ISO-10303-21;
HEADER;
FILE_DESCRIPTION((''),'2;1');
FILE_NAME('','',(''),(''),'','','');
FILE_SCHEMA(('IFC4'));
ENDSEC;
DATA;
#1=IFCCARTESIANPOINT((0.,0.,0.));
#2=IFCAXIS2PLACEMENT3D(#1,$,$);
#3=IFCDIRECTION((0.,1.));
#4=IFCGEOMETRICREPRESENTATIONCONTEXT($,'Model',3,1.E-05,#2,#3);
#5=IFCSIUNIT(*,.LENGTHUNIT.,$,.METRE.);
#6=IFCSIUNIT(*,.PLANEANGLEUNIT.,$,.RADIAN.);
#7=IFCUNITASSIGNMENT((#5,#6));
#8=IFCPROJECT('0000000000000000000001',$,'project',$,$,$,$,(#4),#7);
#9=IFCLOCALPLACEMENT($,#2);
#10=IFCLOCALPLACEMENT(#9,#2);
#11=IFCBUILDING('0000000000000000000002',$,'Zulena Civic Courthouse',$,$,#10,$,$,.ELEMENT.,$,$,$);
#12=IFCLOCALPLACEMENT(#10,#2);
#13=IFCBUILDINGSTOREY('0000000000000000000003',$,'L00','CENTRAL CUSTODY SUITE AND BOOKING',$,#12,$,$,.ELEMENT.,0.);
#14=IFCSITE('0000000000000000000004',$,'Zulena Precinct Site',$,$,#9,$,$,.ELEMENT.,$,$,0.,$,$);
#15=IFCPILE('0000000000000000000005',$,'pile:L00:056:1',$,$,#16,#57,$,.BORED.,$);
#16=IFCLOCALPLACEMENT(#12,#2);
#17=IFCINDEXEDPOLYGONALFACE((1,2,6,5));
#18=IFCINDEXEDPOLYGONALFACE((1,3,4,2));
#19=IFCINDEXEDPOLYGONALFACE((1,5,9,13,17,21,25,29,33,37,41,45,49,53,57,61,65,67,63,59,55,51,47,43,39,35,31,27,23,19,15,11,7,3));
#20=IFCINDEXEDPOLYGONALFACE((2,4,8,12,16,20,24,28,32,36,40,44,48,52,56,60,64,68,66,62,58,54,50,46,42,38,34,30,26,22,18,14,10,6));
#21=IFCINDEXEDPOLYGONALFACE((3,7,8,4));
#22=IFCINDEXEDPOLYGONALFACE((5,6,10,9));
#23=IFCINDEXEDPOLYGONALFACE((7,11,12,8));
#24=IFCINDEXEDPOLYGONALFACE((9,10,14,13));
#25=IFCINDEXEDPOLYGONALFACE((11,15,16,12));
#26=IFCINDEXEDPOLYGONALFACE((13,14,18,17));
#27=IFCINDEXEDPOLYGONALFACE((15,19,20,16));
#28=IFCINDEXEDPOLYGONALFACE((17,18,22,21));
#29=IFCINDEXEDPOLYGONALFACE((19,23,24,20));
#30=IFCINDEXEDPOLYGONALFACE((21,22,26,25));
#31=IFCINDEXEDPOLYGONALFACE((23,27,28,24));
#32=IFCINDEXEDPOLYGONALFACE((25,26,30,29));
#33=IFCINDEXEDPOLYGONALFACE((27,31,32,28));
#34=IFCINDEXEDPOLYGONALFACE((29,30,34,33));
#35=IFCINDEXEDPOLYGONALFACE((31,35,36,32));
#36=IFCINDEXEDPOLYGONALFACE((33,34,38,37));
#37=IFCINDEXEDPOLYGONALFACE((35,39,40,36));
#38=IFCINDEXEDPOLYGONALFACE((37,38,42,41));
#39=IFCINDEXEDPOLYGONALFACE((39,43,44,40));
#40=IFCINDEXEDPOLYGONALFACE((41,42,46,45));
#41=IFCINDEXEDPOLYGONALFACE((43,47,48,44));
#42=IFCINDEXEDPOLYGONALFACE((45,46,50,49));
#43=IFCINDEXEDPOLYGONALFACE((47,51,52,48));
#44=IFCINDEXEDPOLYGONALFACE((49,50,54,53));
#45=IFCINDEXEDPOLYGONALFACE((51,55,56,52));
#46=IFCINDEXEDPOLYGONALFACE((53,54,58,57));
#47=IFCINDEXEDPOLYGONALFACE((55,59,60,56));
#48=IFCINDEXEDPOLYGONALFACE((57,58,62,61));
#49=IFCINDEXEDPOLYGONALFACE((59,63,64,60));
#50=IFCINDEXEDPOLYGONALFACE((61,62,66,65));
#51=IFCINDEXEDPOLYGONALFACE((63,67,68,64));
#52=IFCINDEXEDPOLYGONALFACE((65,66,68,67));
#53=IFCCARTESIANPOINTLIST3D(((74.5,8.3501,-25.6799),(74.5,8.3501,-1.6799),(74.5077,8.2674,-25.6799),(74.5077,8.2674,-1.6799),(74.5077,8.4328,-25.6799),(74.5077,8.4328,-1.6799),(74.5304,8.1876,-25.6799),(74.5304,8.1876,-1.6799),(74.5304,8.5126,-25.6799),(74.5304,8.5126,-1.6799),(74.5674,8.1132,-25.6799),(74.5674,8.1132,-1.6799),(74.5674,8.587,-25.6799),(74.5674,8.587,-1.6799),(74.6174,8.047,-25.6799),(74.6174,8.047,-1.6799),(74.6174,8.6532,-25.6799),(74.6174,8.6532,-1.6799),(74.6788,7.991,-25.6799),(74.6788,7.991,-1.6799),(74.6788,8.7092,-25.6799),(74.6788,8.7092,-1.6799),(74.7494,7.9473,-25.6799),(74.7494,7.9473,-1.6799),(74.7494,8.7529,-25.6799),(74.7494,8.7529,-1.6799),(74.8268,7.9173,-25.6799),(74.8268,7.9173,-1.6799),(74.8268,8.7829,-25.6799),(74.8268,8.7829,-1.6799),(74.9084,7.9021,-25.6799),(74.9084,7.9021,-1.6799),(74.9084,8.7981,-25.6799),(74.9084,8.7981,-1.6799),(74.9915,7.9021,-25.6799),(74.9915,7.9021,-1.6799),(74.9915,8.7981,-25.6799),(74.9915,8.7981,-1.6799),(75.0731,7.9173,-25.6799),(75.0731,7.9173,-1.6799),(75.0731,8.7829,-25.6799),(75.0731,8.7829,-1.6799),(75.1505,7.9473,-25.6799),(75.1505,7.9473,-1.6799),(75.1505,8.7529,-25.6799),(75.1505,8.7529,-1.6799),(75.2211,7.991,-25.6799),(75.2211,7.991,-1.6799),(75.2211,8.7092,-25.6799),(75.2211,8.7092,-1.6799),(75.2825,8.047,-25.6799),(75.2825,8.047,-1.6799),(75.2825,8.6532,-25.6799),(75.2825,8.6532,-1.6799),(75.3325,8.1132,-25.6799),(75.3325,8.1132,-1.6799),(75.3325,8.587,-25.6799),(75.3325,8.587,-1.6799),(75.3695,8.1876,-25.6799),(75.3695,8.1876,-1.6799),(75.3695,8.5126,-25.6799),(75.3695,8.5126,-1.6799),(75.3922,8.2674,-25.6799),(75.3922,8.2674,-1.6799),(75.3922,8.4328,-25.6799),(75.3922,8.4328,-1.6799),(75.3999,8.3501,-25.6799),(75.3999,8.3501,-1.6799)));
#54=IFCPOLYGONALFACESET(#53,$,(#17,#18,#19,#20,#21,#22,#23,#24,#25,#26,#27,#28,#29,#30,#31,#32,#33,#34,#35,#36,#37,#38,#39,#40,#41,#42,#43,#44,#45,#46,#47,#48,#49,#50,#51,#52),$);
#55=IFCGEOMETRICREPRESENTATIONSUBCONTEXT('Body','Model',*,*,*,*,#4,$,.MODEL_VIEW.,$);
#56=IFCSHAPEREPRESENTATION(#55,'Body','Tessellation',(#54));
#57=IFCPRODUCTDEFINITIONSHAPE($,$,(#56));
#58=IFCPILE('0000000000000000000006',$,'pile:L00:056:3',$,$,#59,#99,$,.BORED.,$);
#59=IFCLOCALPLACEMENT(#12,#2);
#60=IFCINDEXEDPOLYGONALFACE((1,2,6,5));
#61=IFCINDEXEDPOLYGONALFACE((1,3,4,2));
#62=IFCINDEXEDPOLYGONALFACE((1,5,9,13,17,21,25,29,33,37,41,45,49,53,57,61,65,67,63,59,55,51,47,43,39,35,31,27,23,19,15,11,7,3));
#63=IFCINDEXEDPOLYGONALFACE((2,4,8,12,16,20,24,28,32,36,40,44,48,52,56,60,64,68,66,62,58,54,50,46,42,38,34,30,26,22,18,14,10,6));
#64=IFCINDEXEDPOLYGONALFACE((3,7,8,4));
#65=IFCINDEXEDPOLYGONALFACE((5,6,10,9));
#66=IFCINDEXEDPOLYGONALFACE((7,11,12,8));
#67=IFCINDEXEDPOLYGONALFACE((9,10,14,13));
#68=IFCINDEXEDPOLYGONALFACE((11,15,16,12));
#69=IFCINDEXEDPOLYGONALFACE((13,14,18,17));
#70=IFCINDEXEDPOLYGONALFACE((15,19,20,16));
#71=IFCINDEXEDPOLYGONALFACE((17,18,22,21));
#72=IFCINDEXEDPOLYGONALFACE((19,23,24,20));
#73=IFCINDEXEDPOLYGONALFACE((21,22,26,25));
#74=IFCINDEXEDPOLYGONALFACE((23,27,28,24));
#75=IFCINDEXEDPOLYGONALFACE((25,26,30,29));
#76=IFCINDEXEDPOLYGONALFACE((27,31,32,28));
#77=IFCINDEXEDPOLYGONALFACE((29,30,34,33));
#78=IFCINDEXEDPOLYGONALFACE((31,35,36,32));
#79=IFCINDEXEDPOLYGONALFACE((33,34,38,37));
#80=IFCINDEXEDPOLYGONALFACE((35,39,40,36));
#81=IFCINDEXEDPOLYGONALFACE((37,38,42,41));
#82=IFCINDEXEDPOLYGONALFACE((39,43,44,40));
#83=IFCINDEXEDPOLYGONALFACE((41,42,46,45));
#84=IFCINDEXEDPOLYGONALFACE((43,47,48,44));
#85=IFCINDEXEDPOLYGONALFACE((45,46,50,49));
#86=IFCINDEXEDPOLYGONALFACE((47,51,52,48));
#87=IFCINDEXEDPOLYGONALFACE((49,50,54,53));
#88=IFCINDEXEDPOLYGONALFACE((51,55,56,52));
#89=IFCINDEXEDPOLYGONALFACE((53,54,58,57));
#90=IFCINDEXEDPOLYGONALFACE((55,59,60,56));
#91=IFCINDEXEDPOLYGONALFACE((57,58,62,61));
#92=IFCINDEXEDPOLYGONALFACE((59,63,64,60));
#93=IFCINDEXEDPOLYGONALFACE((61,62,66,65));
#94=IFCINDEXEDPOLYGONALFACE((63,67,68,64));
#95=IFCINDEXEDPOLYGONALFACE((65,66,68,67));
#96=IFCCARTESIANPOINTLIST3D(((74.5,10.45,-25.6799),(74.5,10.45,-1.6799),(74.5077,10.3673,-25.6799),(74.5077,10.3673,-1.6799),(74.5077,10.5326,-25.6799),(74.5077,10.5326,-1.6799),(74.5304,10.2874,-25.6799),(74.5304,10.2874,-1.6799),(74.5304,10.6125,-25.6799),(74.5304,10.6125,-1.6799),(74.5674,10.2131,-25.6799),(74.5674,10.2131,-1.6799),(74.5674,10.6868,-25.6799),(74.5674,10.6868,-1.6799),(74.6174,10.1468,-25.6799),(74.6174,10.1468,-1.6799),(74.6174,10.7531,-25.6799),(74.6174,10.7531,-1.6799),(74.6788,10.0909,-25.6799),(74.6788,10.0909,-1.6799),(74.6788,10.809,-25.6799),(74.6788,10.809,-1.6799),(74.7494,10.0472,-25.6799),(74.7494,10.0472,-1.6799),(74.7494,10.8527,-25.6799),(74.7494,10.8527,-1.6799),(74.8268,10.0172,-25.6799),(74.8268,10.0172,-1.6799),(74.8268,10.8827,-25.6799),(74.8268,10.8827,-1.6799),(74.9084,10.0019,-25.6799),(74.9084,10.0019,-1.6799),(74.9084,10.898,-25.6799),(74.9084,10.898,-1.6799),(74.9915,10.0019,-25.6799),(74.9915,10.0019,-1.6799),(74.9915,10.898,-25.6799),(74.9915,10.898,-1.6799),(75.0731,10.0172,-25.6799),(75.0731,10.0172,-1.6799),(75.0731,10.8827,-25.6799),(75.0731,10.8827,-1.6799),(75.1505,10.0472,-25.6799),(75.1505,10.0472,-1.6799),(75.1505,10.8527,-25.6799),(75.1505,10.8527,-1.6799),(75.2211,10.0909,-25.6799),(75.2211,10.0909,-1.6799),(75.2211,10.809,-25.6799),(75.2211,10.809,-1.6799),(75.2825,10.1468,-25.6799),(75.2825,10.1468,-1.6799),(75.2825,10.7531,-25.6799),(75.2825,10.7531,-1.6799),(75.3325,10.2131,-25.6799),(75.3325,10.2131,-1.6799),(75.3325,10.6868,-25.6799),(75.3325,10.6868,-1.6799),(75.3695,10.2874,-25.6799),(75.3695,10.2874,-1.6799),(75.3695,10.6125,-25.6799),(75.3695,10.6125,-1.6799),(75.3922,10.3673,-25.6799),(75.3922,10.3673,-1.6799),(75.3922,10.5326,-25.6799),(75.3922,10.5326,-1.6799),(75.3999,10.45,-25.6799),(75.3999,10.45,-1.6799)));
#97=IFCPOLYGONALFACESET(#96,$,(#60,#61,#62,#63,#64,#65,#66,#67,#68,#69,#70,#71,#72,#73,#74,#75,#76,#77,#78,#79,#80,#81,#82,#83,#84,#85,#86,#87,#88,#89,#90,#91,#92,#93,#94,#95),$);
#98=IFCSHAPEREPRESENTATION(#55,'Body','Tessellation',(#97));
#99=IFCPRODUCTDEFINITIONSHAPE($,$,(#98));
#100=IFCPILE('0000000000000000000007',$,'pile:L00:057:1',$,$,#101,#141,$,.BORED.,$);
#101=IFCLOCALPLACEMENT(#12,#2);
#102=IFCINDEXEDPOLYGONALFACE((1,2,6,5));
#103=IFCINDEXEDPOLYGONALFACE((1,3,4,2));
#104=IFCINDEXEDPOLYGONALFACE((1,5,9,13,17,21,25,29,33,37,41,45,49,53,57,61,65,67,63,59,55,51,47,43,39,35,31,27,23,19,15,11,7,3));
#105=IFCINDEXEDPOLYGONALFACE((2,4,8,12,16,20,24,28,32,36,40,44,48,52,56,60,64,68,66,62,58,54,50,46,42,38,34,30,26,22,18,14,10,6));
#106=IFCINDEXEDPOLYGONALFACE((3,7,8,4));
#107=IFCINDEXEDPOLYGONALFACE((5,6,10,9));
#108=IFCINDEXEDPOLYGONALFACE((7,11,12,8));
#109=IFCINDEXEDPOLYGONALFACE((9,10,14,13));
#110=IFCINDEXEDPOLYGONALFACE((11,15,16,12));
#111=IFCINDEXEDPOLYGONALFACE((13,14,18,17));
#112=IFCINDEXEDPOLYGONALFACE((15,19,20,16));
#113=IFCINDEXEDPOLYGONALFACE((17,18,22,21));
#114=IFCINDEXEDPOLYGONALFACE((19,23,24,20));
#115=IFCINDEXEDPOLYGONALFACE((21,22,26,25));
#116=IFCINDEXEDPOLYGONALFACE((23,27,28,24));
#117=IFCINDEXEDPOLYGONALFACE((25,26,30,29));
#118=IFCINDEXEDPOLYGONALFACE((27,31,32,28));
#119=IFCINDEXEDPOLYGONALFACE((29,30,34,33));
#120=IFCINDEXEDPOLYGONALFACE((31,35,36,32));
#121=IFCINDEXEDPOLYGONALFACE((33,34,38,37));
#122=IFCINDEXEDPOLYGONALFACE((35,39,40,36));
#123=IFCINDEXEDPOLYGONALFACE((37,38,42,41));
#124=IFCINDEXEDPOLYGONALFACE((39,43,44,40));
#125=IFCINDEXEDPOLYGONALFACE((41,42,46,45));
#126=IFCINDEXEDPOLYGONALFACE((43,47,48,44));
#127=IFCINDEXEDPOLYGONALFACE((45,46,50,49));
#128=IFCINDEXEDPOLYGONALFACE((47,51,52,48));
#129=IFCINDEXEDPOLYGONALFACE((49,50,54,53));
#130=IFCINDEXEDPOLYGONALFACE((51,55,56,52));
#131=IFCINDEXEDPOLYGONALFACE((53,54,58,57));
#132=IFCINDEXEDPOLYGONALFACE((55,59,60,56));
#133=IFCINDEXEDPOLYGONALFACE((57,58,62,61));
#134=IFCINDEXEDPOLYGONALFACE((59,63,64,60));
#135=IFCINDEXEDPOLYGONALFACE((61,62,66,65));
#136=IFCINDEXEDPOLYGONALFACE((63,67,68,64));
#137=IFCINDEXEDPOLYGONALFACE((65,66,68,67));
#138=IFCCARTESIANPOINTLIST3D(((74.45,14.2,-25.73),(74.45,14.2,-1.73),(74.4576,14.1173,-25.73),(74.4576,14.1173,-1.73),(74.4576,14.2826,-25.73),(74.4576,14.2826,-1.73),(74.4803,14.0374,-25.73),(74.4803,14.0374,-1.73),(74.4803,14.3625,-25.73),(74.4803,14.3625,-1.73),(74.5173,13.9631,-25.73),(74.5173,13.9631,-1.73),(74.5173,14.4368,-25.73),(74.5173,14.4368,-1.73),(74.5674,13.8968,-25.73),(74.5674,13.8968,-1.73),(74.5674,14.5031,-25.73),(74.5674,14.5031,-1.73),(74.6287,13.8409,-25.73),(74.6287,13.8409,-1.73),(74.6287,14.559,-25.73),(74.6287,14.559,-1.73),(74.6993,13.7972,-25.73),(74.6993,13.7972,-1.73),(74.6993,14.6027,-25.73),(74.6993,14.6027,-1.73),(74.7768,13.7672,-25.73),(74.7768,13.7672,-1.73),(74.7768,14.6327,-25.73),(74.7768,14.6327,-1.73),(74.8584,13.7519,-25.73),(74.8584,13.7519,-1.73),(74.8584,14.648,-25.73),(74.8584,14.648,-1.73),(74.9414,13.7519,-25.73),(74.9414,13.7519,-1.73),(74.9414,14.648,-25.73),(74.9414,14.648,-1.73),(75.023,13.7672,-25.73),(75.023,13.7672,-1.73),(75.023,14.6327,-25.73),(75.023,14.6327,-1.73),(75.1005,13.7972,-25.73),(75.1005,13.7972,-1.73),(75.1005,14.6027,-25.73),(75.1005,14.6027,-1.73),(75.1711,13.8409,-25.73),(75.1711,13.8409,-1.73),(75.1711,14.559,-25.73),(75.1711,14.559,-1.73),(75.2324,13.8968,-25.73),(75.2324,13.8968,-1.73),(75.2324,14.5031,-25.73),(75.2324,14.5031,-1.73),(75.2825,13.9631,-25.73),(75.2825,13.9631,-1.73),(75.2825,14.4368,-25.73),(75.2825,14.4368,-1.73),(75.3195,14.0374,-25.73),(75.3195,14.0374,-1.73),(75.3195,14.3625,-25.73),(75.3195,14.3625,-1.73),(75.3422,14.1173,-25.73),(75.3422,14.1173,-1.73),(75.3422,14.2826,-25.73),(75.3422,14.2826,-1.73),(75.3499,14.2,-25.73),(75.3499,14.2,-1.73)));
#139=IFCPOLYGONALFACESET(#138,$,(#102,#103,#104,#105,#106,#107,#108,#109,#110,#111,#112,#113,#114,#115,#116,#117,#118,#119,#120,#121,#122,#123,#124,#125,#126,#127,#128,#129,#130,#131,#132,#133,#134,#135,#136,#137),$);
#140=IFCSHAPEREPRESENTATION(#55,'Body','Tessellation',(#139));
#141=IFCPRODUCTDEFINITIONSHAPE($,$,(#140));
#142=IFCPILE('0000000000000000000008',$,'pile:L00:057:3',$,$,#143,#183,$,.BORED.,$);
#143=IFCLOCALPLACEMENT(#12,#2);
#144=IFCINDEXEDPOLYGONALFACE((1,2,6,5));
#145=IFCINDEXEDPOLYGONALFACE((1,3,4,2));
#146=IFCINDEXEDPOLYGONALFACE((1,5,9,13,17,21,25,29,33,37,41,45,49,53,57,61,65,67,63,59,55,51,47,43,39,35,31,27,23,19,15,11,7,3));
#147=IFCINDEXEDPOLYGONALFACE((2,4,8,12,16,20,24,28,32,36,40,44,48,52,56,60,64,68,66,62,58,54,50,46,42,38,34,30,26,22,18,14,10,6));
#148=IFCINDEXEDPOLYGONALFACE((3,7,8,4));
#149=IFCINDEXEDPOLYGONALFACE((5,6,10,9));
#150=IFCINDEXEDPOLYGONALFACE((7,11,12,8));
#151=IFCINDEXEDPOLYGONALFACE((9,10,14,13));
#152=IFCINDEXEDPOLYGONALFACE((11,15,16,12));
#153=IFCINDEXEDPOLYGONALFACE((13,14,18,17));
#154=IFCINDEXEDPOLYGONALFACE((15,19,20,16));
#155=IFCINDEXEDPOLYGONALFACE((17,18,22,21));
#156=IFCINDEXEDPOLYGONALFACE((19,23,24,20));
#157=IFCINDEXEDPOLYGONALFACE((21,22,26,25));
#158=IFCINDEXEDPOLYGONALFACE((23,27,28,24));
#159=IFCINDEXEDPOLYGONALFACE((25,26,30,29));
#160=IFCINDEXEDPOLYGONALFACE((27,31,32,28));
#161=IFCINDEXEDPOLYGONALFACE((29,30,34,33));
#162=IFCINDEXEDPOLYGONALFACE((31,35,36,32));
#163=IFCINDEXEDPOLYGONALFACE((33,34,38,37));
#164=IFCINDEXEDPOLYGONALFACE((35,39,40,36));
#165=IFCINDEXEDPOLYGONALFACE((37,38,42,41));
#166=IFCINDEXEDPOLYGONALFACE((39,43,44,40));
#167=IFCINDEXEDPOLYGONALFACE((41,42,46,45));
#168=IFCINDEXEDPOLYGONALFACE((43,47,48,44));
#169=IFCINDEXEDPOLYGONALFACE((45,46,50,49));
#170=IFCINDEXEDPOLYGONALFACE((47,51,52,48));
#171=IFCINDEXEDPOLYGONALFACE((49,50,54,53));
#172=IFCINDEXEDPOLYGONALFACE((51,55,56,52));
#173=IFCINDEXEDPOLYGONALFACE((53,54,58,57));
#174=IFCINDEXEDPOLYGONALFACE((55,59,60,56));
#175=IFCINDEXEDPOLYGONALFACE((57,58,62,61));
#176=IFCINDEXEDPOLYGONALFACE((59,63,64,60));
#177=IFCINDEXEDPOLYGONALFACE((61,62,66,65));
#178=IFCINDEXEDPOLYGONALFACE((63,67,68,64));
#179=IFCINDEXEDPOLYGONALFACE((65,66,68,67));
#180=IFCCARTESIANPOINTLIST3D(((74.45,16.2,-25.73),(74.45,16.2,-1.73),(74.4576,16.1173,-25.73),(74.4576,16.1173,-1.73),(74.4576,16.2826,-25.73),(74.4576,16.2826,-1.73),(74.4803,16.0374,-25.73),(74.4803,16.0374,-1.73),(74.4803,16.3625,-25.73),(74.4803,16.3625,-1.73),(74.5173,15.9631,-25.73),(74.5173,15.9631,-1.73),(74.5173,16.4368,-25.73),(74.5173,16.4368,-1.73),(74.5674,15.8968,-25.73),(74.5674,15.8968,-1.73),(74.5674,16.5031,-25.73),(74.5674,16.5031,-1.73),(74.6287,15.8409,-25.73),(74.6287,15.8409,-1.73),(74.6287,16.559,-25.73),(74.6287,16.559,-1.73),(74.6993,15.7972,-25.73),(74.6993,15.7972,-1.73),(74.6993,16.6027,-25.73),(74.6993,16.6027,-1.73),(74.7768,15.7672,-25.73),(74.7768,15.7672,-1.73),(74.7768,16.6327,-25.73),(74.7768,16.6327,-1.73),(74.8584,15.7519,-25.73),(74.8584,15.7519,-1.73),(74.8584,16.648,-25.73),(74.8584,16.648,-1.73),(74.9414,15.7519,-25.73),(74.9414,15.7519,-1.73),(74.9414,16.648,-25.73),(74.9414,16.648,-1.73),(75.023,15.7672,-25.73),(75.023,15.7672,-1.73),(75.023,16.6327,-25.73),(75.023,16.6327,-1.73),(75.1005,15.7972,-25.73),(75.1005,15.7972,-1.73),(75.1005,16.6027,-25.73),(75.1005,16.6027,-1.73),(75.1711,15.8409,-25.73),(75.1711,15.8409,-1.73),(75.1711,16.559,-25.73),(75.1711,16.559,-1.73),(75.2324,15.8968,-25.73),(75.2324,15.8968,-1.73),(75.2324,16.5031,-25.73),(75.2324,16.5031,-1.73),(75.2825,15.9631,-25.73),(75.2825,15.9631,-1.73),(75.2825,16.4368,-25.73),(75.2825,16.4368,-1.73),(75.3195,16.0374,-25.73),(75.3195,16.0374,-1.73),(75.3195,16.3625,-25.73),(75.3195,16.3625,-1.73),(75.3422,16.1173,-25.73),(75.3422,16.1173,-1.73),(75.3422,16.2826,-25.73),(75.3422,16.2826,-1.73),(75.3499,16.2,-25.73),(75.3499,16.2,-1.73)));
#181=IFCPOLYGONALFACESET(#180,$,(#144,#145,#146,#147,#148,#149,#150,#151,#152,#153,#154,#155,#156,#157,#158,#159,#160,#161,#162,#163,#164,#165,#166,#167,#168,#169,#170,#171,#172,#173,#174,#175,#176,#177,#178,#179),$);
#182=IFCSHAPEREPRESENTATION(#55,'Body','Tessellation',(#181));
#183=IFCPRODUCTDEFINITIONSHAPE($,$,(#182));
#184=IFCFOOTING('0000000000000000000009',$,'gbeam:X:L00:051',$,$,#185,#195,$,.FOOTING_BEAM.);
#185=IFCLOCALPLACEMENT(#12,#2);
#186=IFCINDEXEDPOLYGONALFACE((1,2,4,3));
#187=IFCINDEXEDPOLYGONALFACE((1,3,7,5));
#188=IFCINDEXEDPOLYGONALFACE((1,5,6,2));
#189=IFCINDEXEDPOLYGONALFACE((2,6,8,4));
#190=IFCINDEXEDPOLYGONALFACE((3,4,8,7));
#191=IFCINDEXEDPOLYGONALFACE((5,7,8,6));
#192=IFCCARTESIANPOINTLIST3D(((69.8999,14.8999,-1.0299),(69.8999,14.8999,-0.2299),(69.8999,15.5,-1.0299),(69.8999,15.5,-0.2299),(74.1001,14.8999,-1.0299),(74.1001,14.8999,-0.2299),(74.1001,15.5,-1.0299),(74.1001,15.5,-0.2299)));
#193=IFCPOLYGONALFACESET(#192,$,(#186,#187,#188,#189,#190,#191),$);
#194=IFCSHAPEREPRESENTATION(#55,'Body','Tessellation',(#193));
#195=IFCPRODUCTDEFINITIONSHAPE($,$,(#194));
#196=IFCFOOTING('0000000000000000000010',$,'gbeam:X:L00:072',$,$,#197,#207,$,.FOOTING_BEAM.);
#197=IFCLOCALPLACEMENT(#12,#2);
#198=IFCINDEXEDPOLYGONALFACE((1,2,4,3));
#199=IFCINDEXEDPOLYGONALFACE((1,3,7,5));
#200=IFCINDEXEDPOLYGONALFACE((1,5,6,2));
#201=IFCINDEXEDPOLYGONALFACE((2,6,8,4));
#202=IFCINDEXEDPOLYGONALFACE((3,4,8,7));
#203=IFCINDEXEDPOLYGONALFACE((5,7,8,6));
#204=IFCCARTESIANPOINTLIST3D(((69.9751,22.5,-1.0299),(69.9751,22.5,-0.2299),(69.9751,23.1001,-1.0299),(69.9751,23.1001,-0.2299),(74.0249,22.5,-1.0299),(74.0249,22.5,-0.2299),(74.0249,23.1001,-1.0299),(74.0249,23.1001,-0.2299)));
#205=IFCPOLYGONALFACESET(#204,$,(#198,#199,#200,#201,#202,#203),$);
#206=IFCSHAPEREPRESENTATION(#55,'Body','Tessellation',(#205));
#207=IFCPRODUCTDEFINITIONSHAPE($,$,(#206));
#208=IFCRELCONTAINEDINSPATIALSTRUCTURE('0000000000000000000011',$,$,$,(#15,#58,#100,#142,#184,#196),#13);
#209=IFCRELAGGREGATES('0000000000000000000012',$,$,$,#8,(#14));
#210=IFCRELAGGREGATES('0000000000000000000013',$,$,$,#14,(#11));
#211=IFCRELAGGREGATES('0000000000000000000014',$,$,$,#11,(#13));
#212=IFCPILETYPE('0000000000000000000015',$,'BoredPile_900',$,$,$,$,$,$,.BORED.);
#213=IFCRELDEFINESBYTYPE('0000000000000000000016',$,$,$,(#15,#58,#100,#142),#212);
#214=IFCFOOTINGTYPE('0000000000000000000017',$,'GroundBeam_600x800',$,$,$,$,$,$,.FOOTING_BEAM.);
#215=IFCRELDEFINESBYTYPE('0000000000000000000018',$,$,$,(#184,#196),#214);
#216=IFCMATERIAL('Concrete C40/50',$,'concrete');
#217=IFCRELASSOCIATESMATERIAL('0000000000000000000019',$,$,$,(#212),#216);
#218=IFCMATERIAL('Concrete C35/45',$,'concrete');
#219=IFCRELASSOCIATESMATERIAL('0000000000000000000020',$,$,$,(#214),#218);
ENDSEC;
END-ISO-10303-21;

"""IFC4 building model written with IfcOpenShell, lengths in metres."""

from ifc_helpers import new_model, si_unit, direction, frame, origin, origin_2d, place, context, subcontext, project, spatial, rectangle, circle, extrude, material, material_profile, profile_set, type_object, element, save


model = new_model("IFC4")

# Units and contexts
model_context = context("Model", 3, precision=1e-05, world=origin(), true_north=direction((0.0, 1.0)))
body_context = subcontext(model_context, "Body", "Model", "MODEL_VIEW")
ifc_project = project(units=[si_unit("LENGTHUNIT", "METRE"), si_unit("PLANEANGLEUNIT", "RADIAN")], contexts=[model_context])

# Site, building, storey
site_placement = place(None, origin())
site = spatial("IfcSite", under=ifc_project, at=site_placement, Name="Zulena Precinct Site", CompositionType="ELEMENT", RefElevation=0.0)
building_placement = place(site_placement, origin())
building = spatial("IfcBuilding", under=site, at=building_placement, Name="Zulena Civic Courthouse", CompositionType="ELEMENT")
storey_placement = place(building_placement, origin())
storey = spatial("IfcBuildingStorey", under=building, at=storey_placement, Name="L00", Description="CENTRAL CUSTODY SUITE AND BOOKING", CompositionType="ELEMENT", Elevation=0.0)

# Piles
ifc_material_1 = material(Name="Concrete C40/50", Category="concrete")
ifc_material_profile_1 = material_profile(ifc_material_1, circle(Radius=0.45, at=origin_2d()), Name="PILE900")
ifc_profile_set_1 = profile_set([ifc_material_profile_1], Name="Concrete C40/50")
pile_type_1 = type_object("IfcPileType", Name="BoredPile_900", PredefinedType="BORED", material=ifc_profile_set_1)
for number, where, z_axis, x_axis, name in (
    (1, (74.95, 8.3501, -1.6799), (0.0, 0.0, -1.0), (1.0, 0.0, 0.0), "pile:L00:056:1"),
    (2, (74.95, 10.45, -1.6799), (0.0, 0.0, -1.0), (1.0, 0.0, 0.0), "pile:L00:056:3"),
    (3, (74.8999, 14.2, -1.73), (0.0, 0.0, -1.0), (1.0, 0.0, 0.0), "pile:L00:057:1"),
    (4, (74.8999, 16.2, -1.73), (0.0, 0.0, -1.0), (1.0, 0.0, 0.0), "pile:L00:057:3"),
):
    element("IfcPile", number, at=place(storey_placement, frame(where, z_axis=z_axis, x_axis=x_axis)), inside=storey, type_object=pile_type_1, Name=name, PredefinedType="BORED", context=body_context, shape_type="SweptSolid", body=[
        extrude(circle(Radius=0.45, at=origin_2d()), origin(), (0.0, 0.0, 1.0), 24.0),
    ])

# Footings
ifc_material_2 = material(Name="Concrete C35/45", Category="concrete")
ifc_material_profile_2 = material_profile(ifc_material_2, rectangle(XDim=0.6001, YDim=0.8, at=origin_2d()), Name="RC600X800")
ifc_profile_set_2 = profile_set([ifc_material_profile_2], Name="Concrete C35/45")
footing_type_1 = type_object("IfcFootingType", Name="GroundBeam_600x800", PredefinedType="FOOTING_BEAM", material=ifc_profile_set_2)
footing_1_placement = place(storey_placement, frame((69.8999, 15.2, -0.6299), z_axis=(1.0, 0.0, 0.0), x_axis=(0.0, 1.0, 0.0)))
element("IfcFooting", 5, at=footing_1_placement, inside=storey, type_object=footing_type_1, Name="gbeam:X:L00:051", PredefinedType="FOOTING_BEAM", context=body_context, shape_type="SweptSolid", body=[
    extrude(rectangle(XDim=0.6001, YDim=0.8, at=origin_2d()), origin(), (0.0, 0.0, 1.0), 4.2002),
])
footing_2_placement = place(storey_placement, frame((69.9751, 22.8, -0.6299), z_axis=(1.0, 0.0, 0.0), x_axis=(0.0, 1.0, 0.0)))
element("IfcFooting", 6, at=footing_2_placement, inside=storey, type_object=footing_type_1, Name="gbeam:X:L00:072", PredefinedType="FOOTING_BEAM", context=body_context, shape_type="SweptSolid", body=[
    extrude(rectangle(XDim=0.6001, YDim=0.8, at=origin_2d()), origin(), (0.0, 0.0, 1.0), 4.0498),
])

save(model, "model.ifc")
